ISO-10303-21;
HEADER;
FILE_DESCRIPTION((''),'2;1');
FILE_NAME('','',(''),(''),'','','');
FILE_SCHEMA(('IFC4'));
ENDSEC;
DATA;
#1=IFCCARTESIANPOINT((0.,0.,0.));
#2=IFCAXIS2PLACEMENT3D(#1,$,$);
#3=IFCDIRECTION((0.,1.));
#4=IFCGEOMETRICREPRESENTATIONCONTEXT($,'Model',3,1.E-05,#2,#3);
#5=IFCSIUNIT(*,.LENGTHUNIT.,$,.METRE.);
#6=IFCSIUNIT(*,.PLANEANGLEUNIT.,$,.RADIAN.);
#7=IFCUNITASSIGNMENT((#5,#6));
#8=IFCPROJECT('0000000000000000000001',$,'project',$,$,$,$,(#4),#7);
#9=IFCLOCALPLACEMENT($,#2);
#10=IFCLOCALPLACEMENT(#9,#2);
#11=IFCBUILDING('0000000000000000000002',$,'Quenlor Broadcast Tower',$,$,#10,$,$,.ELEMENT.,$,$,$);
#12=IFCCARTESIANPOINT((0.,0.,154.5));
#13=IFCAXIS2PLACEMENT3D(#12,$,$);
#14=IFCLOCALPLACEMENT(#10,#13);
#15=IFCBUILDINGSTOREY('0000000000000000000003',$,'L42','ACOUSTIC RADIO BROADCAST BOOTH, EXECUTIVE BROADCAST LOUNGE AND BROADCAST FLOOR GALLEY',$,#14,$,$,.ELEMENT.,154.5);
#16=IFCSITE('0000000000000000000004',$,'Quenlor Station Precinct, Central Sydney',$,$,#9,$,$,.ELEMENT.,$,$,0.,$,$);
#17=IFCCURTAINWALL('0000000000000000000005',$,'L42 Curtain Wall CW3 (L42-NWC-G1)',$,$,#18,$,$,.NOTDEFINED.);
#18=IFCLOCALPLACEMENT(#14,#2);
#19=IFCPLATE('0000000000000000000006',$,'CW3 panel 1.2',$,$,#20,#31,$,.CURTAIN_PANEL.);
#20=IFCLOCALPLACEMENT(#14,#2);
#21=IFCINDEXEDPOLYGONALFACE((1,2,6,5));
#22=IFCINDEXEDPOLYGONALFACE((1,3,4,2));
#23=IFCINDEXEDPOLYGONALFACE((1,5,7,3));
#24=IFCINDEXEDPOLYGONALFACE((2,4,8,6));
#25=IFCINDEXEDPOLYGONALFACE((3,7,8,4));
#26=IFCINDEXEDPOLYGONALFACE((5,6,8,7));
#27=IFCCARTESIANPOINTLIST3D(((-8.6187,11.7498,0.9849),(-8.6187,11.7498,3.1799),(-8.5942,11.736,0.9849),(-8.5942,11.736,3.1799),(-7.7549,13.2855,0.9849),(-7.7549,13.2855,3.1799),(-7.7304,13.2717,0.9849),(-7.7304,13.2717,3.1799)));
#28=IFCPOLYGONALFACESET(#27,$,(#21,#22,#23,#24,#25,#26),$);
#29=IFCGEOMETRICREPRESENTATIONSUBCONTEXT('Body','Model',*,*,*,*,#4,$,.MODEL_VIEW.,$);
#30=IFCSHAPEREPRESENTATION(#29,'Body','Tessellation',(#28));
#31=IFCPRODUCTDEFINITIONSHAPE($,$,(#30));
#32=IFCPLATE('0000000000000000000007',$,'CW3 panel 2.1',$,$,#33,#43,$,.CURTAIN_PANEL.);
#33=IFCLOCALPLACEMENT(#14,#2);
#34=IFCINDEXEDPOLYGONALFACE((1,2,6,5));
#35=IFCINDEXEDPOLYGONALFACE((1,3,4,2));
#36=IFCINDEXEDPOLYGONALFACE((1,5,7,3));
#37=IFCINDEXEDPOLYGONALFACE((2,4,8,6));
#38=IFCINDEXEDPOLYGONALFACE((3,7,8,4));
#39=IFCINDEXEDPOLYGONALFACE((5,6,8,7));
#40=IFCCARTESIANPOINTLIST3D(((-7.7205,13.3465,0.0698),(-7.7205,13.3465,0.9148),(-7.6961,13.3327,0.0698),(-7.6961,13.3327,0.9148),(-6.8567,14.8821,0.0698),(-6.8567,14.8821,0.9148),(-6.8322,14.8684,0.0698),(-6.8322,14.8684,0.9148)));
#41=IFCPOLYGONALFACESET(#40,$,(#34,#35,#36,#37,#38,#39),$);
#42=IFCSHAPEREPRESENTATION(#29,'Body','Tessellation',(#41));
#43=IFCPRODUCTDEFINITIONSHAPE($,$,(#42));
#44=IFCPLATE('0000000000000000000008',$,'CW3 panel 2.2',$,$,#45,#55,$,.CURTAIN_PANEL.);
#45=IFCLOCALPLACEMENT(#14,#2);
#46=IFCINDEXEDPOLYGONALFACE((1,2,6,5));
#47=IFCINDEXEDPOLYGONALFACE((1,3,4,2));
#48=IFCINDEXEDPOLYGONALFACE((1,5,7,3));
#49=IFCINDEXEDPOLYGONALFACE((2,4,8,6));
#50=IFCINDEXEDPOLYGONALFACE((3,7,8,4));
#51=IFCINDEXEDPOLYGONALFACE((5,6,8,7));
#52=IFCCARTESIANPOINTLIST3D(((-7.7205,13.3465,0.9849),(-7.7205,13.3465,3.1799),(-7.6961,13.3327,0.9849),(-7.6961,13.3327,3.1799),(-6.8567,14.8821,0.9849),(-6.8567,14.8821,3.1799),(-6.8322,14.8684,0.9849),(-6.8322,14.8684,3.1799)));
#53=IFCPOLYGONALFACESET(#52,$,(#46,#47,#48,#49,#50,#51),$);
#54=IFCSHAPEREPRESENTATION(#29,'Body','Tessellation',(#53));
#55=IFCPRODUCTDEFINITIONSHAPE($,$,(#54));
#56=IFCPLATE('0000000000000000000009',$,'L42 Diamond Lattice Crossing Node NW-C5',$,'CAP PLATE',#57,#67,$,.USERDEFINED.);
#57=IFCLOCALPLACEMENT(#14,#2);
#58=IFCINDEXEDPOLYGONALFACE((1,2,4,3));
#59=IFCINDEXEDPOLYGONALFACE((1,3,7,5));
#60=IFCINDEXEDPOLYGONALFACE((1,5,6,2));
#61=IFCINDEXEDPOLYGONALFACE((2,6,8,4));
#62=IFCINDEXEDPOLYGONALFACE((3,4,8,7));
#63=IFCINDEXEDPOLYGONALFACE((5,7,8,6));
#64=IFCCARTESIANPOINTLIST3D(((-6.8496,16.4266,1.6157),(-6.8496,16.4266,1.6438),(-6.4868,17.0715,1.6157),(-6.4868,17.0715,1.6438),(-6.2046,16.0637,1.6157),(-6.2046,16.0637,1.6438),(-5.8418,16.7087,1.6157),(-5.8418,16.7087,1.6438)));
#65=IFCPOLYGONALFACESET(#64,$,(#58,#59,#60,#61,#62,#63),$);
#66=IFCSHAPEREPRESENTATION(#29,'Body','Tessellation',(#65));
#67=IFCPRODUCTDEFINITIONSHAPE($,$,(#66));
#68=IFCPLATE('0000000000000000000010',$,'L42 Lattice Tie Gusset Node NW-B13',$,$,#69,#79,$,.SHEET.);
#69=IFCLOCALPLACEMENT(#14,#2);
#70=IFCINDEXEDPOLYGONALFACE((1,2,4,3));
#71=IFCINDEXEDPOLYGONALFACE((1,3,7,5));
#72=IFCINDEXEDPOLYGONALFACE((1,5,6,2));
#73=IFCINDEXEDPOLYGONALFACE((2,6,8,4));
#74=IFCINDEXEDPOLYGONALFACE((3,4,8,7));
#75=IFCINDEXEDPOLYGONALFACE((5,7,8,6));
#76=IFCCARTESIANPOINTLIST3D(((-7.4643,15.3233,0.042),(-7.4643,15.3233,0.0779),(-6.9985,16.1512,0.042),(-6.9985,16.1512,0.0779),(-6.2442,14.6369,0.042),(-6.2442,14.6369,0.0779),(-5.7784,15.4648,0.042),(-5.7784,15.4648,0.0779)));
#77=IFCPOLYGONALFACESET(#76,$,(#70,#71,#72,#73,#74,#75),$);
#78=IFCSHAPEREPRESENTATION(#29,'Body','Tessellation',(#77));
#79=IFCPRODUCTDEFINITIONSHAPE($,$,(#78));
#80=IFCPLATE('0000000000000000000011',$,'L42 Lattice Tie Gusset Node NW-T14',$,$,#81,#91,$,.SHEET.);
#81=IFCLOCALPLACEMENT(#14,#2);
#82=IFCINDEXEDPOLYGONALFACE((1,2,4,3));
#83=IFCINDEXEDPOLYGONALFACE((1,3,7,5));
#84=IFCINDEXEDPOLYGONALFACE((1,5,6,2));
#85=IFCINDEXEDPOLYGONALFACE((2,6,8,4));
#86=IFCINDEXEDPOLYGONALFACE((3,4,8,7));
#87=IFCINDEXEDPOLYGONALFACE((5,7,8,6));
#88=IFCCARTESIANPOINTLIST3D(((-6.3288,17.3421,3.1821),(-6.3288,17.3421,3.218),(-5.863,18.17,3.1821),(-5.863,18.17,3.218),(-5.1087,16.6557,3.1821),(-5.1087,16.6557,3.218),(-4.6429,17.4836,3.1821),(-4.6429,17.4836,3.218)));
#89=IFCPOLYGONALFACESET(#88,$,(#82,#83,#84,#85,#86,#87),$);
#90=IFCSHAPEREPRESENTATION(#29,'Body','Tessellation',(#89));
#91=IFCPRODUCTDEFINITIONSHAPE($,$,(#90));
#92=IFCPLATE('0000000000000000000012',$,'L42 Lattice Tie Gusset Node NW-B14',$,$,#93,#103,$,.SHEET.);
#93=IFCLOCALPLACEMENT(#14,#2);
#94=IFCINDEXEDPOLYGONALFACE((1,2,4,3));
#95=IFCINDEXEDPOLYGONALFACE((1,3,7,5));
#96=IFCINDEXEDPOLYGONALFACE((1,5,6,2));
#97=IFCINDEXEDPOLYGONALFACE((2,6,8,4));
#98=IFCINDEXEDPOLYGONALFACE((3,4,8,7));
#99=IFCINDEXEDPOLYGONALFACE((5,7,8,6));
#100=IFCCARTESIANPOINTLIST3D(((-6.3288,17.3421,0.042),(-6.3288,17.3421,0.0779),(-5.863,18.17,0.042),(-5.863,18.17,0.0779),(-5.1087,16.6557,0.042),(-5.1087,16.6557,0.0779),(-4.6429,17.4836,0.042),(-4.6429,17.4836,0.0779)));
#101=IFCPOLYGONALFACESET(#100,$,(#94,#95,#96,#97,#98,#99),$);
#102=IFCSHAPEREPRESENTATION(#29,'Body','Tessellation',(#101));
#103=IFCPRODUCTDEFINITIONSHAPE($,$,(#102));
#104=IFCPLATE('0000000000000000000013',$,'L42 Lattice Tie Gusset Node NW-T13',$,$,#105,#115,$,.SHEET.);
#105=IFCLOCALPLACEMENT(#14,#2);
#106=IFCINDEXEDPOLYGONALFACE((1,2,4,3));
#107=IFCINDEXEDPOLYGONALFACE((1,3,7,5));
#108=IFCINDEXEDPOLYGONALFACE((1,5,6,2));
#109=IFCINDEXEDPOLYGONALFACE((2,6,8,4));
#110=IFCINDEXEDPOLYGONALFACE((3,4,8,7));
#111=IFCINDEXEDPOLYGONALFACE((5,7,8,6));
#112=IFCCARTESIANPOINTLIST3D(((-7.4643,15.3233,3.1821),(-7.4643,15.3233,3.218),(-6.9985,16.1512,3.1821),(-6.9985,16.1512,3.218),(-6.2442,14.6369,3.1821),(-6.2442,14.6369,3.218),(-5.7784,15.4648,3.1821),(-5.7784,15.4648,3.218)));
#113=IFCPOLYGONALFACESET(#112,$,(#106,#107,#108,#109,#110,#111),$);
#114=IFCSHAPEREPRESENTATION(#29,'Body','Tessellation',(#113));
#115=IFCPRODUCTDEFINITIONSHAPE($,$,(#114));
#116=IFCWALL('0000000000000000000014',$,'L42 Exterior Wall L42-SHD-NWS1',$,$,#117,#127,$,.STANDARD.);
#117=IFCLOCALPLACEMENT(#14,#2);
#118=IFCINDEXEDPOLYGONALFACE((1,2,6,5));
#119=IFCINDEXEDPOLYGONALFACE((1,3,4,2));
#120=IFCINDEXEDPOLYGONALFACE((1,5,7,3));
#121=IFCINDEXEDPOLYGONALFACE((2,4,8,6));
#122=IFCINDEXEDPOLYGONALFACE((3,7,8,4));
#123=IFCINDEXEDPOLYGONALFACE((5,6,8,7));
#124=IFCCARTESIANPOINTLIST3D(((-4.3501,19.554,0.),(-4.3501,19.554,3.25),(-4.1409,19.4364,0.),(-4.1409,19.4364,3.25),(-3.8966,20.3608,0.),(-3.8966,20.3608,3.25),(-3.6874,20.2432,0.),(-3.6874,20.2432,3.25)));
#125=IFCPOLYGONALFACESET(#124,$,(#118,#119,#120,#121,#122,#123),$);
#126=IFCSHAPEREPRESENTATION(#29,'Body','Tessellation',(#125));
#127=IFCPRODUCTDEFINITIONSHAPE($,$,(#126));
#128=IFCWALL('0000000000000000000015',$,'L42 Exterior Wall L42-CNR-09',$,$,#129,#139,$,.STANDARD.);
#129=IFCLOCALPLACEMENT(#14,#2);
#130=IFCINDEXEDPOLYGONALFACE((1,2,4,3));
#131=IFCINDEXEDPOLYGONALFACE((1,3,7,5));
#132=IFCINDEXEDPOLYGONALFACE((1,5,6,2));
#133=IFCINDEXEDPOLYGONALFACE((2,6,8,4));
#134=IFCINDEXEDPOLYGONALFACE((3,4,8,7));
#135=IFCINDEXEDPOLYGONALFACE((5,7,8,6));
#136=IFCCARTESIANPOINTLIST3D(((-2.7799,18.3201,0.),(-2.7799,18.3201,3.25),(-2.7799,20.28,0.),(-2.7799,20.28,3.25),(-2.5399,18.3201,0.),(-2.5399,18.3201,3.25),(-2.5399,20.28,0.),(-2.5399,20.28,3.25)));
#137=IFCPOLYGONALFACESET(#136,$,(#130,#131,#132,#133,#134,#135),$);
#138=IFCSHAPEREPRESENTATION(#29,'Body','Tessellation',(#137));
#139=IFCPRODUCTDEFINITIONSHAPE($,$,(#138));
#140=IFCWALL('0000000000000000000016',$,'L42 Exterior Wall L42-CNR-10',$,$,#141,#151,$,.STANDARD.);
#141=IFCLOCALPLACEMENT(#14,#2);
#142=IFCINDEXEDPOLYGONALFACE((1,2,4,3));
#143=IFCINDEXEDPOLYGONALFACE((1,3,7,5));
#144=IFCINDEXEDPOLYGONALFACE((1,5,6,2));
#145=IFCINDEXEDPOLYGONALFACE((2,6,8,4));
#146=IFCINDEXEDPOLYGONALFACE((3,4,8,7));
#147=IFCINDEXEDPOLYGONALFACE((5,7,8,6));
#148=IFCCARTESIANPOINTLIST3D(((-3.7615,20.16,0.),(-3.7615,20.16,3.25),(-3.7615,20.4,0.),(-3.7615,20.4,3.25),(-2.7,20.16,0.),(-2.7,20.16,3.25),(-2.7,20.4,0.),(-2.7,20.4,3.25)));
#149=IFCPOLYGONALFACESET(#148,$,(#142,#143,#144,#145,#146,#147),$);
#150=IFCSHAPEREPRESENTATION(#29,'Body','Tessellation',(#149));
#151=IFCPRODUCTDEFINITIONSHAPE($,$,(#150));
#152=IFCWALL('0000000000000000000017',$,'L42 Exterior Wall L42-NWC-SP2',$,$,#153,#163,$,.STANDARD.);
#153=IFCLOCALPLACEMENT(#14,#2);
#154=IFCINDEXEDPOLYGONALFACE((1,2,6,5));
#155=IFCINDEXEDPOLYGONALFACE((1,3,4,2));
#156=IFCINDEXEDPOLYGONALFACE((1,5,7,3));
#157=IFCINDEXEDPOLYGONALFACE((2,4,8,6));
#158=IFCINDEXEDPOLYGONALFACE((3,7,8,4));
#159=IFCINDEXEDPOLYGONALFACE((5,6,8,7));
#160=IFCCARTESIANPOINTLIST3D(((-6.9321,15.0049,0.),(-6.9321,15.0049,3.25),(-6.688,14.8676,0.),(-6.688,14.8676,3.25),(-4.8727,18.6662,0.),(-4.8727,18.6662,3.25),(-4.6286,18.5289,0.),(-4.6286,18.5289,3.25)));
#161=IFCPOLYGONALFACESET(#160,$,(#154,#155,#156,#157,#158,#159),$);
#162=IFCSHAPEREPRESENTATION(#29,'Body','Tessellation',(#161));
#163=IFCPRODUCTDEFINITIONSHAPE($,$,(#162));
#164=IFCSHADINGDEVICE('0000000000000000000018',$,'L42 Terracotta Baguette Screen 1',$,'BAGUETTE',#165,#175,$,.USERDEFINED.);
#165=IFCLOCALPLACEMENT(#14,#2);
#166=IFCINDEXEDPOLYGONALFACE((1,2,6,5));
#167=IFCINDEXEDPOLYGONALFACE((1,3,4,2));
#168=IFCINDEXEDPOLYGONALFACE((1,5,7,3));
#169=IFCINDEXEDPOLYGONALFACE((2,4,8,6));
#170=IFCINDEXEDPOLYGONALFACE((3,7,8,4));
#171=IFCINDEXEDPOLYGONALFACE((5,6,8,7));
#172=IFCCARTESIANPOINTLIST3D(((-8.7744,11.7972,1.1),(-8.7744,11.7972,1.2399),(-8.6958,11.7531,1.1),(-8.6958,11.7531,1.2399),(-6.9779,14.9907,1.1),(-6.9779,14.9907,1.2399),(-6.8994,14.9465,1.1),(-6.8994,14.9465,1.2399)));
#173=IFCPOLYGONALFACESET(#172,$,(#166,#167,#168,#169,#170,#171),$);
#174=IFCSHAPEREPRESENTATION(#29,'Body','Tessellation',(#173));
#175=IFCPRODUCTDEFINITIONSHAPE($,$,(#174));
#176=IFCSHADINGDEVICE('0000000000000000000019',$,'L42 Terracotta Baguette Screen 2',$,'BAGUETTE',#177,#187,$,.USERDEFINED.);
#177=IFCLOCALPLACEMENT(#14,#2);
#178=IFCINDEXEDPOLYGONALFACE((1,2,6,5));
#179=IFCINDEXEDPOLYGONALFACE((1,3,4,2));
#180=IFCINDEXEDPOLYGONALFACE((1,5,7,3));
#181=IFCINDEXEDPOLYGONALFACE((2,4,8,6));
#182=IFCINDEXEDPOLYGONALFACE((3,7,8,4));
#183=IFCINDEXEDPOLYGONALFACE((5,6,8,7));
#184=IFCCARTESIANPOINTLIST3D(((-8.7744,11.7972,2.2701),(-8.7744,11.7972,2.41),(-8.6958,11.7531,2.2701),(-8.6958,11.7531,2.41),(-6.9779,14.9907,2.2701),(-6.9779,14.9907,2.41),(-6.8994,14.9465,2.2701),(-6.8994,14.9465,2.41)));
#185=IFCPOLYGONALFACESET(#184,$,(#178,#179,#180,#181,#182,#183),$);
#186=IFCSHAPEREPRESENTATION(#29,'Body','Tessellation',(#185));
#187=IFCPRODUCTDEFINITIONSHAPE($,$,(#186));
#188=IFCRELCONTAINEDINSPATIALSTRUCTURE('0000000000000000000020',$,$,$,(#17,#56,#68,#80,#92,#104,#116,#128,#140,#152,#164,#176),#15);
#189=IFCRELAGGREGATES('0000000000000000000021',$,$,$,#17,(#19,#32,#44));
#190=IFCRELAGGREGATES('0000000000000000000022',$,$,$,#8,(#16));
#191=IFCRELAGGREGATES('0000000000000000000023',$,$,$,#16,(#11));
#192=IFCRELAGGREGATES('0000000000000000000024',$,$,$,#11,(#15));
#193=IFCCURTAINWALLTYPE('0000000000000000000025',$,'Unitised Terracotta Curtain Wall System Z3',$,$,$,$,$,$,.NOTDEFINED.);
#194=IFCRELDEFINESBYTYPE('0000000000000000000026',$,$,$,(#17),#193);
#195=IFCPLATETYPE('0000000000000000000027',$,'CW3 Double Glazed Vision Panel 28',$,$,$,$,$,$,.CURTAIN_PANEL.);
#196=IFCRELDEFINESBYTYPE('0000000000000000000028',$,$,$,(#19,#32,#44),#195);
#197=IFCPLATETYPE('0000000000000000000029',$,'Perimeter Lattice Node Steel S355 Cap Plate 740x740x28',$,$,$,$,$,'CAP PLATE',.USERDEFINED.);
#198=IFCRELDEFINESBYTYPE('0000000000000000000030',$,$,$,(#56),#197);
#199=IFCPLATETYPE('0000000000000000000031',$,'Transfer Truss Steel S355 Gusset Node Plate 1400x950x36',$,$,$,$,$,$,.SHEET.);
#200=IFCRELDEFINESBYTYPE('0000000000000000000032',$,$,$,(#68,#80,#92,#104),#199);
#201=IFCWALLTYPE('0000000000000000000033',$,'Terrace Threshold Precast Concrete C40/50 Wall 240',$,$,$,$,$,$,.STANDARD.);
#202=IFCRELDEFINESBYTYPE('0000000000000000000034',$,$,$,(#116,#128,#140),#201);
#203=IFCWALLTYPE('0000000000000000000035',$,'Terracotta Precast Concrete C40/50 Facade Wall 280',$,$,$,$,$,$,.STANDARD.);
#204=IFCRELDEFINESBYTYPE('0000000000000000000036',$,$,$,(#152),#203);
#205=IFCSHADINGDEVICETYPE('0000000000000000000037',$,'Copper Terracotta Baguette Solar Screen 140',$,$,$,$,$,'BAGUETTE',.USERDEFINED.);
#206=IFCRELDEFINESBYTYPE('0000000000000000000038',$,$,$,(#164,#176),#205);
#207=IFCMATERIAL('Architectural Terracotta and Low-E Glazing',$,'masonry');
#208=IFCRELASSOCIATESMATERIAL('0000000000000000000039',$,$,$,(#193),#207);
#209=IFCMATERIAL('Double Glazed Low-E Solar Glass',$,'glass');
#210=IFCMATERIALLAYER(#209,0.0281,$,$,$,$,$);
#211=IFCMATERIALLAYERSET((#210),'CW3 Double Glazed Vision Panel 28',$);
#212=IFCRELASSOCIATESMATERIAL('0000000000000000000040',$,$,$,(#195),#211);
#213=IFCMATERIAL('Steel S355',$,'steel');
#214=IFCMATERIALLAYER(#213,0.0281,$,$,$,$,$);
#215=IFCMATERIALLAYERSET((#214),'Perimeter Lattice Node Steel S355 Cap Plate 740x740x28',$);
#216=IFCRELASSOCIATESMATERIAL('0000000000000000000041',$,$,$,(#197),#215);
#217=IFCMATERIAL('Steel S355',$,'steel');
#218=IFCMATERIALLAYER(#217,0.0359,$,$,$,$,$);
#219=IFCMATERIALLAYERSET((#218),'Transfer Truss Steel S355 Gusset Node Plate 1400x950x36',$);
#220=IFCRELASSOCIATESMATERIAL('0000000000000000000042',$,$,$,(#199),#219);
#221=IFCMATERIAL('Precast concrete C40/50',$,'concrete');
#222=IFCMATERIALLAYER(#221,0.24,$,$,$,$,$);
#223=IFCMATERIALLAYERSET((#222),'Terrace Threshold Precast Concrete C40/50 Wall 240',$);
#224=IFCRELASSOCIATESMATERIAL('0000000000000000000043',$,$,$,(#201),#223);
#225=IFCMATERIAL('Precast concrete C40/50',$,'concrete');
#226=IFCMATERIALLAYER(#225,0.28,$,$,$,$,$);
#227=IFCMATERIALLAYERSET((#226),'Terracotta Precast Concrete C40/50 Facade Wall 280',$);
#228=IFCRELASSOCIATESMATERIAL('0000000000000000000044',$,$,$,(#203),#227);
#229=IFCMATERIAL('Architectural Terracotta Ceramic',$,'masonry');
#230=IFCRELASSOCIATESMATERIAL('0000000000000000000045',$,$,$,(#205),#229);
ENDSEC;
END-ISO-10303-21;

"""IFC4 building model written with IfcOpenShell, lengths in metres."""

from ifc_helpers import new_model, si_unit, direction, frame, frame_2d, origin, origin_2d, place, context, subcontext, project, spatial, rectangle, extrude, material, layer, layer_set, material_profile, profile_set, type_object, element, aggregate, save


model = new_model("IFC4")

# Units and contexts
model_context = context("Model", 3, precision=1e-05, world=origin(), true_north=direction((0.0, 1.0)))
body_context = subcontext(model_context, "Body", "Model", "MODEL_VIEW")
ifc_project = project(units=[si_unit("LENGTHUNIT", "METRE"), si_unit("PLANEANGLEUNIT", "RADIAN")], contexts=[model_context])

# Site, building, storey
site_placement = place(None, origin())
site = spatial("IfcSite", under=ifc_project, at=site_placement, Name="Quenlor Station Precinct, Central Sydney", CompositionType="ELEMENT", RefElevation=0.0)
building_placement = place(site_placement, origin())
building = spatial("IfcBuilding", under=site, at=building_placement, Name="Quenlor Broadcast Tower", CompositionType="ELEMENT")
storey_placement = place(building_placement, frame((0.0, 0.0, 154.5)))
storey = spatial("IfcBuildingStorey", under=building, at=storey_placement, Name="L42", Description="ACOUSTIC RADIO BROADCAST BOOTH, EXECUTIVE BROADCAST LOUNGE AND BROADCAST FLOOR GALLEY", CompositionType="ELEMENT", Elevation=154.5)

# Curtain wall
ifc_material_1 = material(Name="Architectural Terracotta and Low-E Glazing", Category="masonry")
curtain_wall_type = type_object("IfcCurtainWallType", Name="Unitised Terracotta Curtain Wall System Z3", PredefinedType="NOTDEFINED", material=ifc_material_1)
curtain_wall_placement = place(storey_placement, origin())
curtain_wall = element("IfcCurtainWall", 1, at=curtain_wall_placement, inside=storey, type_object=curtain_wall_type, Name="L42 Curtain Wall CW3 (L42-NWC-G1)", PredefinedType="NOTDEFINED")

# Plates
ifc_material_2 = material(Name="Double Glazed Low-E Solar Glass", Category="glass")
ifc_layer_1 = layer(ifc_material_2, 0.0281)
ifc_layer_set_1 = layer_set([ifc_layer_1], Name="CW3 Double Glazed Vision Panel 28")
plate_type_1 = type_object("IfcPlateType", Name="CW3 Double Glazed Vision Panel 28", PredefinedType="CURTAIN_PANEL", material=ifc_layer_set_1)
plate_1_placement = place(storey_placement, frame((-8.1746, 12.5107, 0.9849), z_axis=(0.0, 0.0, 1.0), x_axis=(0.49027, 0.871571, 0.0)))
plate_1 = element("IfcPlate", 2, at=plate_1_placement, type_object=plate_type_1, Name="CW3 panel 1.2", PredefinedType="CURTAIN_PANEL", context=body_context, shape_type="SweptSolid", body=[
    extrude(rectangle(XDim=1.762, YDim=0.0281, at=origin_2d()), origin(), (0.0, 0.0, 1.0), 2.1951),
])
plate_2_placement = place(storey_placement, frame((-7.2764, 14.1074, 0.0698), z_axis=(0.0, 0.0, 1.0), x_axis=(0.49027, 0.871571, 0.0)))
plate_2 = element("IfcPlate", 3, at=plate_2_placement, type_object=plate_type_1, Name="CW3 panel 2.1", PredefinedType="CURTAIN_PANEL", context=body_context, shape_type="SweptSolid", body=[
    extrude(rectangle(XDim=1.762, YDim=0.0281, at=origin_2d()), origin(), (0.0, 0.0, 1.0), 0.845),
])
plate_3_placement = place(storey_placement, frame((-7.2764, 14.1074, 0.9849), z_axis=(0.0, 0.0, 1.0), x_axis=(0.49027, 0.871571, 0.0)))
plate_3 = element("IfcPlate", 4, at=plate_3_placement, type_object=plate_type_1, Name="CW3 panel 2.2", PredefinedType="CURTAIN_PANEL", context=body_context, shape_type="SweptSolid", body=[
    extrude(rectangle(XDim=1.762, YDim=0.0281, at=origin_2d()), origin(), (0.0, 0.0, 1.0), 2.1951),
])
aggregate(curtain_wall, [plate_1, plate_2, plate_3])

# Plates
ifc_material_3 = material(Name="Steel S355", Category="steel")
ifc_layer_2 = layer(ifc_material_3, 0.0281)
ifc_layer_set_2 = layer_set([ifc_layer_2], Name="Perimeter Lattice Node Steel S355 Cap Plate 740x740x28")
plate_type_2 = type_object("IfcPlateType", Name="Perimeter Lattice Node Steel S355 Cap Plate 740x740x28", ElementType="CAP PLATE", PredefinedType="USERDEFINED", material=ifc_layer_set_2)
plate_4_placement = place(storey_placement, frame((-6.3457, 16.5676, 1.6157), z_axis=(0.0, 0.0, 1.0), x_axis=(0.490295, 0.871556, 0.0)))
element("IfcPlate", 5, at=plate_4_placement, inside=storey, type_object=plate_type_2, Name="L42 Diamond Lattice Crossing Node NW-C5", ObjectType="CAP PLATE", PredefinedType="USERDEFINED", context=body_context, shape_type="SweptSolid", body=[
    extrude(rectangle(XDim=0.74, YDim=0.74, at=origin_2d()), origin(), (0.0, 0.0, 1.0), 0.0281),
])
ifc_material_4 = material(Name="Steel S355", Category="steel")
ifc_layer_3 = layer(ifc_material_4, 0.0359)
ifc_layer_set_3 = layer_set([ifc_layer_3], Name="Transfer Truss Steel S355 Gusset Node Plate 1400x950x36")
plate_type_3 = type_object("IfcPlateType", Name="Transfer Truss Steel S355 Gusset Node Plate 1400x950x36", PredefinedType="SHEET", material=ifc_layer_set_3)
for number, where, z_axis, x_axis, name in (
    (6, (-6.6213, 15.394, 0.042), (0.0, 0.0, 1.0), (-0.871556, 0.490295, 0.0), "L42 Lattice Tie Gusset Node NW-B13"),
    (7, (-5.4858, 17.4128, 3.1821), (0.0, 0.0, 1.0), (-0.871556, 0.490295, 0.0), "L42 Lattice Tie Gusset Node NW-T14"),
    (8, (-5.4858, 17.4128, 0.042), (0.0, 0.0, 1.0), (-0.871556, 0.490295, 0.0), "L42 Lattice Tie Gusset Node NW-B14"),
    (9, (-6.6213, 15.394, 3.1821), (0.0, 0.0, 1.0), (-0.871556, 0.490295, 0.0), "L42 Lattice Tie Gusset Node NW-T13"),
):
    element("IfcPlate", number, at=place(storey_placement, frame(where, z_axis=z_axis, x_axis=x_axis)), inside=storey, type_object=plate_type_3, Name=name, PredefinedType="SHEET", context=body_context, shape_type="SweptSolid", body=[
        extrude(rectangle(XDim=1.3999, YDim=0.95, at=origin_2d()), origin(), (0.0, 0.0, 1.0), 0.0359),
    ])

# Walls
ifc_material_5 = material(Name="Precast concrete C40/50", Category="concrete")
ifc_layer_4 = layer(ifc_material_5, 0.24)
ifc_layer_set_4 = layer_set([ifc_layer_4], Name="Terrace Threshold Precast Concrete C40/50 Wall 240")
wall_type_1 = type_object("IfcWallType", Name="Terrace Threshold Precast Concrete C40/50 Wall 240", PredefinedType="STANDARD", material=ifc_layer_set_4)
wall_1_placement = place(storey_placement, frame((-4.2456, 19.4951, 0.0), z_axis=(0.0, 0.0, 1.0), x_axis=(0.490048, 0.871695, 0.0)))
element("IfcWall", 10, at=wall_1_placement, inside=storey, type_object=wall_type_1, Name="L42 Exterior Wall L42-SHD-NWS1", PredefinedType="STANDARD", context=body_context, shape_type="SweptSolid", body=[
    extrude(rectangle(XDim=0.9255, YDim=0.24, at=frame_2d((0.4629, 0.0))), origin(), (0.0, 0.0, 1.0), 3.25),
])
wall_2_placement = place(storey_placement, frame((-2.6599, 18.3201, 0.0), z_axis=(0.0, 0.0, 1.0), x_axis=(0.0, 1.0, 0.0)))
element("IfcWall", 11, at=wall_2_placement, inside=storey, type_object=wall_type_1, Name="L42 Exterior Wall L42-CNR-09", PredefinedType="STANDARD", context=body_context, shape_type="SweptSolid", body=[
    extrude(rectangle(XDim=1.96, YDim=0.24, at=frame_2d((0.98, 0.0))), origin(), (0.0, 0.0, 1.0), 3.25),
])
wall_3_placement = place(storey_placement, frame((-2.7, 20.28, 0.0), z_axis=(0.0, 0.0, 1.0), x_axis=(-1.0, 0.0, 0.0)))
element("IfcWall", 12, at=wall_3_placement, inside=storey, type_object=wall_type_1, Name="L42 Exterior Wall L42-CNR-10", PredefinedType="STANDARD", context=body_context, shape_type="SweptSolid", body=[
    extrude(rectangle(XDim=1.0615, YDim=0.24, at=frame_2d((0.5308, 0.0))), origin(), (0.0, 0.0, 1.0), 3.25),
])
ifc_material_6 = material(Name="Precast concrete C40/50", Category="concrete")
ifc_layer_5 = layer(ifc_material_6, 0.28)
ifc_layer_set_5 = layer_set([ifc_layer_5], Name="Terracotta Precast Concrete C40/50 Facade Wall 280")
wall_type_2 = type_object("IfcWallType", Name="Terracotta Precast Concrete C40/50 Facade Wall 280", PredefinedType="STANDARD", material=ifc_layer_set_5)
wall_4_placement = place(storey_placement, frame((-6.8101, 14.9363, 0.0), z_axis=(0.0, 0.0, 1.0), x_axis=(0.49025, 0.871582, 0.0)))
element("IfcWall", 13, at=wall_4_placement, inside=storey, type_object=wall_type_2, Name="L42 Exterior Wall L42-NWC-SP2", PredefinedType="STANDARD", context=body_context, shape_type="SweptSolid", body=[
    extrude(rectangle(XDim=4.2007, YDim=0.28, at=frame_2d((2.1003, 0.0))), origin(), (0.0, 0.0, 1.0), 3.25),
])

# Shading devices
ifc_material_7 = material(Name="Architectural Terracotta Ceramic", Category="masonry")
ifc_material_profile_1 = material_profile(ifc_material_7, rectangle(XDim=0.0901, YDim=0.1399, at=origin_2d()))
ifc_profile_set_1 = profile_set([ifc_material_profile_1], Name="Architectural Terracotta Ceramic BAG90x140")
shading_device_type = type_object("IfcShadingDeviceType", Name="Copper Terracotta Baguette Solar Screen 140", ElementType="BAGUETTE", PredefinedType="USERDEFINED", material=ifc_profile_set_1)
for number, where, z_axis, x_axis, name in (
    (14, (-8.7351, 11.7751, 1.1699), (0.490287, 0.871561, 0.0), (-0.871561, 0.490287, 0.0), "L42 Terracotta Baguette Screen 1"),
    (15, (-8.7351, 11.7751, 2.3401), (0.490287, 0.871561, 0.0), (-0.871561, 0.490287, 0.0), "L42 Terracotta Baguette Screen 2"),
):
    element("IfcShadingDevice", number, at=place(storey_placement, frame(where, z_axis=z_axis, x_axis=x_axis)), inside=storey, type_object=shading_device_type, Name=name, ObjectType="BAGUETTE", PredefinedType="USERDEFINED", context=body_context, shape_type="SweptSolid", body=[
        extrude(rectangle(XDim=0.0901, YDim=0.1399, at=origin_2d()), origin(), (0.0, 0.0, 1.0), 3.6641),
    ])

save(model, "model.ifc")
